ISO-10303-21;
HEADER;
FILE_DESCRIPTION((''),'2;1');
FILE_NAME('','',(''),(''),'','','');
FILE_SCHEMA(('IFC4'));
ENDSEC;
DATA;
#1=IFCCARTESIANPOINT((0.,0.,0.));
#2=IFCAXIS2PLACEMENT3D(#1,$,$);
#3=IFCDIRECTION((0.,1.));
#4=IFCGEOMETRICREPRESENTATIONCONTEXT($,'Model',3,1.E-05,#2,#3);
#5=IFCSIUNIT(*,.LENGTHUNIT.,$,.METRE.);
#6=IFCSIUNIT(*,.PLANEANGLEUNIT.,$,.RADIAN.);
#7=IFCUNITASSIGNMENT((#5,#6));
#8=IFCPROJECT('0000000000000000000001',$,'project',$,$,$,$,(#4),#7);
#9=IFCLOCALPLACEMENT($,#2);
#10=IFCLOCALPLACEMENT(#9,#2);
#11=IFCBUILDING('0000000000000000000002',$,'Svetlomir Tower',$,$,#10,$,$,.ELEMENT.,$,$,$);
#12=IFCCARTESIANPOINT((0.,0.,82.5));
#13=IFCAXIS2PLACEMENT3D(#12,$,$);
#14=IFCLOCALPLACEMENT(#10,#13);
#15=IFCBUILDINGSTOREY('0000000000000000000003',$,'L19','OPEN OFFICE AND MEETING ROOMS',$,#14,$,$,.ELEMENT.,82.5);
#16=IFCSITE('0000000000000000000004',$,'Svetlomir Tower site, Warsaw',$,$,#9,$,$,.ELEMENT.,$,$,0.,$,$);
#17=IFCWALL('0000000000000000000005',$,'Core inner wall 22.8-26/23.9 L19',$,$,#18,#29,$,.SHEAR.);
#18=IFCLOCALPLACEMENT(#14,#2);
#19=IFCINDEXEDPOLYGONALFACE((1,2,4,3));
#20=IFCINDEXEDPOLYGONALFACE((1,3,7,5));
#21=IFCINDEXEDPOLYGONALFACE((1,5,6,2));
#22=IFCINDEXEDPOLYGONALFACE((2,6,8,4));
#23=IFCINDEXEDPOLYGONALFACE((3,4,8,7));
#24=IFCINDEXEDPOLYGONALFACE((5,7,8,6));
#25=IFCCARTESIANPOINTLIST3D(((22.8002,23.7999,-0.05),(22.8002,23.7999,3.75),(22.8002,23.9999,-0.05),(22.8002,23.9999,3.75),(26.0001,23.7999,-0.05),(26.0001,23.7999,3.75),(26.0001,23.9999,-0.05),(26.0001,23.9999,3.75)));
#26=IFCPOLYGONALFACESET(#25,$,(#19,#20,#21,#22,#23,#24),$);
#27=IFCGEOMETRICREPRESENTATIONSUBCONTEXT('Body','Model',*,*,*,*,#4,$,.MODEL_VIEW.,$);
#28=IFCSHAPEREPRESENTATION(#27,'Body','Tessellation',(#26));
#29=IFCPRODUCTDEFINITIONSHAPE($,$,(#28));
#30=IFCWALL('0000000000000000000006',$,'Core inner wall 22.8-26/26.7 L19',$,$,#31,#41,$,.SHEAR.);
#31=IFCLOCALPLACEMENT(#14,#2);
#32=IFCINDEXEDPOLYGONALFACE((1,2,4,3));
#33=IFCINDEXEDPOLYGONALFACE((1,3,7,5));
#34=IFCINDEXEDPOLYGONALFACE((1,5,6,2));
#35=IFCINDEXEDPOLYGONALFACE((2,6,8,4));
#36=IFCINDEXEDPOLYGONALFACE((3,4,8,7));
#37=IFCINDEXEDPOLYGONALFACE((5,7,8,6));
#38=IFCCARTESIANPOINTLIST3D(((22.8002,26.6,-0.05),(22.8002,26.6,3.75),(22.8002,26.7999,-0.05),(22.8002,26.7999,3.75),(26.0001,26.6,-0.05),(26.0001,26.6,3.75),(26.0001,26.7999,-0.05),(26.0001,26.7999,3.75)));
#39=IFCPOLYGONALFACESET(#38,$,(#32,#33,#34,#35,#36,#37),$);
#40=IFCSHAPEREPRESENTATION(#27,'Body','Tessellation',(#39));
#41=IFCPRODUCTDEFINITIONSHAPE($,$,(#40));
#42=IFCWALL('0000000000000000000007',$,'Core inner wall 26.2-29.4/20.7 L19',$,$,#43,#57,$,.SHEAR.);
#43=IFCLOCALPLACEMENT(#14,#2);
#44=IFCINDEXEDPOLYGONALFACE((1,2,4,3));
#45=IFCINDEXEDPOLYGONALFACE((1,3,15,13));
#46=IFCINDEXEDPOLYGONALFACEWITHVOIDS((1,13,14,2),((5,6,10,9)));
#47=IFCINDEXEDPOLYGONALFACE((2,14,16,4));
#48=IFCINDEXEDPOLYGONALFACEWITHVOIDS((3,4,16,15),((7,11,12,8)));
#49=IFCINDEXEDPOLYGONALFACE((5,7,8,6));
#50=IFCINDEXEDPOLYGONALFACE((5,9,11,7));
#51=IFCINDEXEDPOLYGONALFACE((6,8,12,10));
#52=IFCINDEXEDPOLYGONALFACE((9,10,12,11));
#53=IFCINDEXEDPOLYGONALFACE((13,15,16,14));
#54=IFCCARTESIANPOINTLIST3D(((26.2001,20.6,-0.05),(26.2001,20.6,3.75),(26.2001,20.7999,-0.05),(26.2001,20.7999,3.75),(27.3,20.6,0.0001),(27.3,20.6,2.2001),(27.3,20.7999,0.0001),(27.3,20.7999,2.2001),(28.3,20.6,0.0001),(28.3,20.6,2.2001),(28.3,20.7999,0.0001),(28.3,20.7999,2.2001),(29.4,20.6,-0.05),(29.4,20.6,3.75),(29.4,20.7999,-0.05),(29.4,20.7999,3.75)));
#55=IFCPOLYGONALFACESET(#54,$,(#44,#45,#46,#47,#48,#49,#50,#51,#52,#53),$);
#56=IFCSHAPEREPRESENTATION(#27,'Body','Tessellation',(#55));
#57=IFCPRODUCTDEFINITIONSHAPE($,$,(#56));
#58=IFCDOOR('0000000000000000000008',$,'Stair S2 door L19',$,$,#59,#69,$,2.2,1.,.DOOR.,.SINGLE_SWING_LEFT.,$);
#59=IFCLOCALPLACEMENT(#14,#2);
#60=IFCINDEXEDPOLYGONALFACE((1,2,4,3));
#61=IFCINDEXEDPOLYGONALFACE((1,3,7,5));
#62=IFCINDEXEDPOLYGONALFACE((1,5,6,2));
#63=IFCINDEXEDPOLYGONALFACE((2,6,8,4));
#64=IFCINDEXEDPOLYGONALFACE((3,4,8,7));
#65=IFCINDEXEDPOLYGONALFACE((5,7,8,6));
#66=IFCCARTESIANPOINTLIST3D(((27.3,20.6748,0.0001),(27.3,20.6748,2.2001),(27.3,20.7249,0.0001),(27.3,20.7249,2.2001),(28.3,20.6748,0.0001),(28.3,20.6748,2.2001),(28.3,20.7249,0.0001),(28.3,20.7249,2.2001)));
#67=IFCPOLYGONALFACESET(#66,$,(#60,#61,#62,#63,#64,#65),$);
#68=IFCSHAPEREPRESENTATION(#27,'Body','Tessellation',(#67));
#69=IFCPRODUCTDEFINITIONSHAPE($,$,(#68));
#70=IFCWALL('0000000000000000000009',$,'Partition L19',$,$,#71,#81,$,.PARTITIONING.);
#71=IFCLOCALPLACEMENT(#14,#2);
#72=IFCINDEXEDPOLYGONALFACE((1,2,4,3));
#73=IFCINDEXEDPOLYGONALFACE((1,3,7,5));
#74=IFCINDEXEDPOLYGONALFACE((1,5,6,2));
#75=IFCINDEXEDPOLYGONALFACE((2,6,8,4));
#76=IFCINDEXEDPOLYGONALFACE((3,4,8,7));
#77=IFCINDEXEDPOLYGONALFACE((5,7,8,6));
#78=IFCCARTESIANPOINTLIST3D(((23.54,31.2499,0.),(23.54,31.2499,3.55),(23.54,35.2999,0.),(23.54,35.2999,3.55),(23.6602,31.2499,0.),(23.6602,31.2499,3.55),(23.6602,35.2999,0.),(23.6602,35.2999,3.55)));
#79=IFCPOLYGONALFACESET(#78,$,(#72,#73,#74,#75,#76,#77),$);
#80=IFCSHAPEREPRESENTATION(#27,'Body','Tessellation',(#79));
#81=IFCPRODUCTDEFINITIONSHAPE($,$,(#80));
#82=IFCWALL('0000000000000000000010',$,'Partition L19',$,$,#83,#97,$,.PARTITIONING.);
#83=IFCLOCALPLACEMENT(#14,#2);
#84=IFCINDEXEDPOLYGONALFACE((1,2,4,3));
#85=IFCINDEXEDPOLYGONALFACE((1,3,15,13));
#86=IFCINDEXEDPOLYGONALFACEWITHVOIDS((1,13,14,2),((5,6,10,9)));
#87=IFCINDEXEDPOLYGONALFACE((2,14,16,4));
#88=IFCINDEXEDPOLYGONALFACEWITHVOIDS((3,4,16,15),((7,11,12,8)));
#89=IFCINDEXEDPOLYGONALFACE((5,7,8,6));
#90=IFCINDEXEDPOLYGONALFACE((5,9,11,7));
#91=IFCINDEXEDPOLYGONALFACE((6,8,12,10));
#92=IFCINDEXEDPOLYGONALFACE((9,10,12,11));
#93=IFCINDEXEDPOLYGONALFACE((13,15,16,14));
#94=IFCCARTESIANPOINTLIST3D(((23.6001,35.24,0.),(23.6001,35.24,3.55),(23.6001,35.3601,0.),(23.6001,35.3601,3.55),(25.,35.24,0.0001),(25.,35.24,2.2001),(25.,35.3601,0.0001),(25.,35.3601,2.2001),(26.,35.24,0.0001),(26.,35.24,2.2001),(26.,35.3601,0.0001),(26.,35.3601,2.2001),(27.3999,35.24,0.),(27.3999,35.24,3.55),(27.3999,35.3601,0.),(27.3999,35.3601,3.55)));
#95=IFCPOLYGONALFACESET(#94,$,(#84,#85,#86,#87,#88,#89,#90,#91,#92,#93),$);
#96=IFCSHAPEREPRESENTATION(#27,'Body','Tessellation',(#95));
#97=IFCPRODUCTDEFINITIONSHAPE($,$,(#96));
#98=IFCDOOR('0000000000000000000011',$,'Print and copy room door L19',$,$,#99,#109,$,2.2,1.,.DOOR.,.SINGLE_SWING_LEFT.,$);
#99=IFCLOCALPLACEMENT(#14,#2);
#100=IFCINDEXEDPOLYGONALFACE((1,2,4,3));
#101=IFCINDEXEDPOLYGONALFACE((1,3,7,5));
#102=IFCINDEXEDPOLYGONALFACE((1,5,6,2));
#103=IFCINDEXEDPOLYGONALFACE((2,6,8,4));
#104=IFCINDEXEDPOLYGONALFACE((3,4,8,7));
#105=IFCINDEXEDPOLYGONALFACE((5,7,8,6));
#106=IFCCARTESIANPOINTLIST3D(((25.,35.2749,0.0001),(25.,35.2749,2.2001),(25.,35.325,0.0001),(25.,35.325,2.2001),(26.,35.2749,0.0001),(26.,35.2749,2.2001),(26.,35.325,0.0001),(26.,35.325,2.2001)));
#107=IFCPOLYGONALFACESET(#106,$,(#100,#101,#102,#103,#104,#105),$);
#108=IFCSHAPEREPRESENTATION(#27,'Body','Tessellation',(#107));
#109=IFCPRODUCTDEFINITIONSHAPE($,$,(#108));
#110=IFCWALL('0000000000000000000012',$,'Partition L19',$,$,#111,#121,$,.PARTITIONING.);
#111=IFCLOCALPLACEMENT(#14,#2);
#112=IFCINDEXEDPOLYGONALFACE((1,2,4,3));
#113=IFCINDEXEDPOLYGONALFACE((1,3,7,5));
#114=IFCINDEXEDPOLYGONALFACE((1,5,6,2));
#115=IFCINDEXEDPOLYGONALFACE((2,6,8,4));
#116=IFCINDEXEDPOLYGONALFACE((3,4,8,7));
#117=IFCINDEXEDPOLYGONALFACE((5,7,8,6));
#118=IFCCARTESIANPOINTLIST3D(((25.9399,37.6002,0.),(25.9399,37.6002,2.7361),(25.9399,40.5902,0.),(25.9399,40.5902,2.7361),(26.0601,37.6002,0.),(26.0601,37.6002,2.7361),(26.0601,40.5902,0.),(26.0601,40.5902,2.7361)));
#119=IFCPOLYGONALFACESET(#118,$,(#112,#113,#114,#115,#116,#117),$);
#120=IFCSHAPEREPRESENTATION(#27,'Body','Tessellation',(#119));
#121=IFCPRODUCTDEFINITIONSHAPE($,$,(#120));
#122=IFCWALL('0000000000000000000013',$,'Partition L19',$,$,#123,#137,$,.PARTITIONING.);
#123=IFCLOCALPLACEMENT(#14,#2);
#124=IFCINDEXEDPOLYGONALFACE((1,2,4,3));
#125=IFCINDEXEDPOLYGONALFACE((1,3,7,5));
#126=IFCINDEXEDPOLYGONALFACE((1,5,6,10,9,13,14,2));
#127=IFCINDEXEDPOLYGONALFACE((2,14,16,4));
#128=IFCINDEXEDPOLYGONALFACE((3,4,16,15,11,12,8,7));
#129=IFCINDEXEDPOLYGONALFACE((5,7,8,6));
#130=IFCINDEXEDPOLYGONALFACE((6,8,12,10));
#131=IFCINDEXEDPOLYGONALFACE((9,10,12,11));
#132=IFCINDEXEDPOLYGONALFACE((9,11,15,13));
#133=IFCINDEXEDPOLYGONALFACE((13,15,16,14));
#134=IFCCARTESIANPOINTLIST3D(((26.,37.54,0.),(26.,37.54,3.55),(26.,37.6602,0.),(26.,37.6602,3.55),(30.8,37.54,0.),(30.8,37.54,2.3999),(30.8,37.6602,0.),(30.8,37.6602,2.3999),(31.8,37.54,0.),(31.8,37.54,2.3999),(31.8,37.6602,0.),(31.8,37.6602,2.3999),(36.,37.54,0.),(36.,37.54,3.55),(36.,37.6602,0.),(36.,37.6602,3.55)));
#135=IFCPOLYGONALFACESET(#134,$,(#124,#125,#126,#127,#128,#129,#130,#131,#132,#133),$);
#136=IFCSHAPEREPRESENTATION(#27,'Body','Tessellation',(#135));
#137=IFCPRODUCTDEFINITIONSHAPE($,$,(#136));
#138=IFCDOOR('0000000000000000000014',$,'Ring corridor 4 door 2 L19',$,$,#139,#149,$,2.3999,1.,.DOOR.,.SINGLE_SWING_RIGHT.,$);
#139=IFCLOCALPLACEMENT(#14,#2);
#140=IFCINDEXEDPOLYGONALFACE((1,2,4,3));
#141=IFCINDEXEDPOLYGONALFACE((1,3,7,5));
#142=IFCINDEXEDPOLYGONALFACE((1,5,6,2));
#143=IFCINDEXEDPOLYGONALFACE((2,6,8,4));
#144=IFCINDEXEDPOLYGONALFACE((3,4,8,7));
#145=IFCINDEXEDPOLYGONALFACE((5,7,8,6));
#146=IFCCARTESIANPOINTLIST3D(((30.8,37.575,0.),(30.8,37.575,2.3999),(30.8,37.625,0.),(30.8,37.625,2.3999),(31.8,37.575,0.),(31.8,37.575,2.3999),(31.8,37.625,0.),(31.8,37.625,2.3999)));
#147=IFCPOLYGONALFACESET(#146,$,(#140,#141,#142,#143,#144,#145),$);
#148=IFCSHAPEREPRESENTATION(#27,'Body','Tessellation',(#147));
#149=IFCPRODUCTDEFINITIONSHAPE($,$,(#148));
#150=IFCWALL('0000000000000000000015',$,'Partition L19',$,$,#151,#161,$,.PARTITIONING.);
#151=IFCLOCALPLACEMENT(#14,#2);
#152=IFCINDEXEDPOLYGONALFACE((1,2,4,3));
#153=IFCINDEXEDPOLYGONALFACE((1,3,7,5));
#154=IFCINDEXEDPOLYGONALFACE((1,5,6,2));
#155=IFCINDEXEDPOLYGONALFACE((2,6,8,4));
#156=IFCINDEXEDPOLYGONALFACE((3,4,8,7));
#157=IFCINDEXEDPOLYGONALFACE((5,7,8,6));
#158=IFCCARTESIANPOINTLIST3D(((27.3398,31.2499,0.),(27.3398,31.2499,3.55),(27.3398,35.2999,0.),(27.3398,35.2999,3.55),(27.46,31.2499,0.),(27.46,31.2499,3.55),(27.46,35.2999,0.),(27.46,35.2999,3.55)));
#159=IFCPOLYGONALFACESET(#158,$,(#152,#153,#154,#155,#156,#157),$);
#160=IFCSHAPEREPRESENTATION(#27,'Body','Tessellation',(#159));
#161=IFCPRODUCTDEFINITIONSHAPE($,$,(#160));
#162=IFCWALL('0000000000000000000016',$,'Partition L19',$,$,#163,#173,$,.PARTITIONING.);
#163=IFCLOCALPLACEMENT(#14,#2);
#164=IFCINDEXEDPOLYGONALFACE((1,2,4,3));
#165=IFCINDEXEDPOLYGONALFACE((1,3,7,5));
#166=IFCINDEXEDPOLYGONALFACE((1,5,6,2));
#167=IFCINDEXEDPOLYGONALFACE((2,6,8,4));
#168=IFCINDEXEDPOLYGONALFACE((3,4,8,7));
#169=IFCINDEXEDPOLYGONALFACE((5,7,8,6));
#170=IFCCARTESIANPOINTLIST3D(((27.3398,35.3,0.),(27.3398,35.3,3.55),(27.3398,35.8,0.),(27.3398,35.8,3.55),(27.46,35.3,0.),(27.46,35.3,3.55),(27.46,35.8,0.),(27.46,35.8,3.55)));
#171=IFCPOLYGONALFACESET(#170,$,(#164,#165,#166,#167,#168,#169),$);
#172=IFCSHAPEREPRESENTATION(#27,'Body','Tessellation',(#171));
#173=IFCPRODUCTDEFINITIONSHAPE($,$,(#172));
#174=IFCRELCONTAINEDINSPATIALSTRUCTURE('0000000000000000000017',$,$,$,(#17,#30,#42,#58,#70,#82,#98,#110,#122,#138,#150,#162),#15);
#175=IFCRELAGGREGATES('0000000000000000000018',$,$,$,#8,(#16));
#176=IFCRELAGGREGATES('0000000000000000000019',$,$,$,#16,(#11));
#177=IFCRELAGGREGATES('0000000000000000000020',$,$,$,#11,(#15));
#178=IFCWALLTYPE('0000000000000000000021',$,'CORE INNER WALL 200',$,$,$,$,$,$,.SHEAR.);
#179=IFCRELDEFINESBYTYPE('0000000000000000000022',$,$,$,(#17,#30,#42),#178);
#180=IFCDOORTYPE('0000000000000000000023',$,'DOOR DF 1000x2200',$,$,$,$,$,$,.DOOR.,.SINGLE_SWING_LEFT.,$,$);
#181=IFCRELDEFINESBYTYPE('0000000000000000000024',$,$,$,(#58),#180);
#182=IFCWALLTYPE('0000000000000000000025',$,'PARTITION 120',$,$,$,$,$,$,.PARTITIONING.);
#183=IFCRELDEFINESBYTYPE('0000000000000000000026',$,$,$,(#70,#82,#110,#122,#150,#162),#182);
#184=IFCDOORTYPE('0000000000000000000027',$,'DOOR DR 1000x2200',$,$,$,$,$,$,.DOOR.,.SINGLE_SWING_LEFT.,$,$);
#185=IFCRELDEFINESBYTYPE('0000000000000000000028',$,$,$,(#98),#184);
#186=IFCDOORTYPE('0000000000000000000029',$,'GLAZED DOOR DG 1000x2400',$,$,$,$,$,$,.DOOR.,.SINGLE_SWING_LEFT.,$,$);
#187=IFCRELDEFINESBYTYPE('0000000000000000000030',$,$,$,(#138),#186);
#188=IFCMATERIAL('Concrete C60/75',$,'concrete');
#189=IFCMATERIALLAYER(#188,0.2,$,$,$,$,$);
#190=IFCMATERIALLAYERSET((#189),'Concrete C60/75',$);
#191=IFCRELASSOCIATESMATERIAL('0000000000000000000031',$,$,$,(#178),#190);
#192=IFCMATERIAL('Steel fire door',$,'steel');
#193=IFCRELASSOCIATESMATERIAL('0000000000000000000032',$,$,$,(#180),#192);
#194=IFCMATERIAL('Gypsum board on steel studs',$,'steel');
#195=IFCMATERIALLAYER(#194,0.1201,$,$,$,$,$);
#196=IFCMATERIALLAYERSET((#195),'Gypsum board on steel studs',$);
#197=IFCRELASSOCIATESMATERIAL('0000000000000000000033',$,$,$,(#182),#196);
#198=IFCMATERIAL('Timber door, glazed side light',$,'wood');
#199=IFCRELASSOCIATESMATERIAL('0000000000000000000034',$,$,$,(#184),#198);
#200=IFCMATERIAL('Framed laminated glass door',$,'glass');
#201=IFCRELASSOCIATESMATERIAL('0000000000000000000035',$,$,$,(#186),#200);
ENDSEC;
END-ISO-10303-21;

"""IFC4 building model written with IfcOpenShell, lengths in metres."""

from ifc_helpers import new_model, si_unit, direction, frame, frame_2d, origin, place, context, subcontext, project, spatial, rectangle, extrude, material, layer, layer_set, type_object, element, fill, save


model = new_model("IFC4")

# Units and contexts
model_context = context("Model", 3, precision=1e-05, world=origin(), true_north=direction((0.0, 1.0)))
body_context = subcontext(model_context, "Body", "Model", "MODEL_VIEW")
ifc_project = project(units=[si_unit("LENGTHUNIT", "METRE"), si_unit("PLANEANGLEUNIT", "RADIAN")], contexts=[model_context])

# Site, building, storey
site_placement = place(None, origin())
site = spatial("IfcSite", under=ifc_project, at=site_placement, Name="Svetlomir Tower site, Warsaw", CompositionType="ELEMENT", RefElevation=0.0)
building_placement = place(site_placement, origin())
building = spatial("IfcBuilding", under=site, at=building_placement, Name="Svetlomir Tower", CompositionType="ELEMENT")
storey_placement = place(building_placement, frame((0.0, 0.0, 82.5)))
storey = spatial("IfcBuildingStorey", under=building, at=storey_placement, Name="L19", Description="OPEN OFFICE AND MEETING ROOMS", CompositionType="ELEMENT", Elevation=82.5)

# Walls
ifc_material_1 = material(Name="Concrete C60/75", Category="concrete")
ifc_layer_1 = layer(ifc_material_1, 0.2)
ifc_layer_set_1 = layer_set([ifc_layer_1], Name="Concrete C60/75")
wall_type_1 = type_object("IfcWallType", Name="CORE INNER WALL 200", PredefinedType="SHEAR", material=ifc_layer_set_1)
for number, where, z_axis, x_axis, name in (
    (1, (22.8, 23.8999, -0.05), (0.0, 0.0, 1.0), (1.0, 0.0, 0.0), "Core inner wall 22.8-26/23.9 L19"),
    (2, (22.8, 26.7, -0.05), (0.0, 0.0, 1.0), (1.0, 0.0, 0.0), "Core inner wall 22.8-26/26.7 L19"),
):
    element("IfcWall", number, at=place(storey_placement, frame(where, z_axis=z_axis, x_axis=x_axis)), inside=storey, type_object=wall_type_1, Name=name, PredefinedType="SHEAR", context=body_context, shape_type="SweptSolid", body=[
        extrude(rectangle(XDim=3.2, YDim=0.2, at=frame_2d((1.6001, 0.0))), origin(), (0.0, 0.0, 1.0), 3.8),
    ])

# Wall, opening, door
wall_1_placement = place(storey_placement, frame((26.2, 20.7, -0.05), z_axis=(0.0, 0.0, 1.0), x_axis=(1.0, 0.0, 0.0)))
wall_1 = element("IfcWall", 3, at=wall_1_placement, inside=storey, type_object=wall_type_1, Name="Core inner wall 26.2-29.4/20.7 L19", PredefinedType="SHEAR", context=body_context, shape_type="SweptSolid", body=[
    extrude(rectangle(XDim=3.2, YDim=0.2, at=frame_2d((1.6001, 0.0))), origin(), (0.0, 0.0, 1.0), 3.8),
])
opening_1_placement = place(wall_1_placement, frame((1.1001, 0.0, 0.05)))
opening_1 = element("IfcOpeningElement", 4, at=opening_1_placement, cuts=wall_1, PredefinedType="OPENING", context=body_context, shape_type="SweptSolid", body=[
    extrude(rectangle(XDim=1.0, YDim=2.2, at=frame_2d((0.5, 1.1001))), frame((0.0, 0.1099, 0.0), z_axis=(0.0, -1.0, 0.0), x_axis=(1.0, 0.0, 0.0)), (0.0, 0.0, 1.0), 0.22),
])
ifc_material_2 = material(Name="Steel fire door", Category="steel")
door_type_1 = type_object("IfcDoorType", Name="DOOR DF 1000x2200", OperationType="SINGLE_SWING_LEFT", PredefinedType="DOOR", material=ifc_material_2)
door_1_placement = place(opening_1_placement, origin())
door_1 = element("IfcDoor", 5, at=door_1_placement, inside=storey, type_object=door_type_1, Name="Stair S2 door L19", OperationType="SINGLE_SWING_LEFT", OverallHeight=2.2, OverallWidth=1.0, PredefinedType="DOOR", context=body_context, shape_type="SweptSolid", body=[
    extrude(rectangle(XDim=1.0, YDim=2.2, at=frame_2d((0.5, 1.1001))), frame((0.0, 0.0249, 0.0), z_axis=(0.0, -1.0, 0.0), x_axis=(1.0, 0.0, 0.0)), (0.0, 0.0, 1.0), 0.05),
])
fill(opening_1, door_1)

# Wall
ifc_material_3 = material(Name="Gypsum board on steel studs", Category="steel")
ifc_layer_2 = layer(ifc_material_3, 0.1201)
ifc_layer_set_2 = layer_set([ifc_layer_2], Name="Gypsum board on steel studs")
wall_type_2 = type_object("IfcWallType", Name="PARTITION 120", PredefinedType="PARTITIONING", material=ifc_layer_set_2)
wall_2_placement = place(storey_placement, frame((23.6001, 31.25, 0.0), z_axis=(0.0, 0.0, 1.0), x_axis=(0.0, 1.0, 0.0)))
element("IfcWall", 6, at=wall_2_placement, inside=storey, type_object=wall_type_2, Name="Partition L19", PredefinedType="PARTITIONING", context=body_context, shape_type="SweptSolid", body=[
    extrude(rectangle(XDim=4.05, YDim=0.1201, at=frame_2d((2.0249, 0.0))), origin(), (0.0, 0.0, 1.0), 3.55),
])

# Wall, opening, door
wall_3_placement = place(storey_placement, frame((23.6001, 35.3, 0.0), z_axis=(0.0, 0.0, 1.0), x_axis=(1.0, 0.0, 0.0)))
wall_3 = element("IfcWall", 7, at=wall_3_placement, inside=storey, type_object=wall_type_2, Name="Partition L19", PredefinedType="PARTITIONING", context=body_context, shape_type="SweptSolid", body=[
    extrude(rectangle(XDim=3.7998, YDim=0.1201, at=frame_2d((1.8999, 0.0))), origin(), (0.0, 0.0, 1.0), 3.55),
])
opening_2_placement = place(wall_3_placement, frame((1.3999, 0.0, 0.0)))
opening_2 = element("IfcOpeningElement", 8, at=opening_2_placement, cuts=wall_3, PredefinedType="OPENING", context=body_context, shape_type="SweptSolid", body=[
    extrude(rectangle(XDim=1.0, YDim=2.2, at=frame_2d((0.5, 1.1001))), frame((0.0, 0.0701, 0.0), z_axis=(0.0, -1.0, 0.0), x_axis=(1.0, 0.0, 0.0)), (0.0, 0.0, 1.0), 0.1401),
])
ifc_material_4 = material(Name="Timber door, glazed side light", Category="wood")
door_type_2 = type_object("IfcDoorType", Name="DOOR DR 1000x2200", OperationType="SINGLE_SWING_LEFT", PredefinedType="DOOR", material=ifc_material_4)
door_2_placement = place(opening_2_placement, origin())
door_2 = element("IfcDoor", 9, at=door_2_placement, inside=storey, type_object=door_type_2, Name="Print and copy room door L19", OperationType="SINGLE_SWING_LEFT", OverallHeight=2.2, OverallWidth=1.0, PredefinedType="DOOR", context=body_context, shape_type="SweptSolid", body=[
    extrude(rectangle(XDim=1.0, YDim=2.2, at=frame_2d((0.5, 1.1001))), frame((0.0, 0.0249, 0.0), z_axis=(0.0, -1.0, 0.0), x_axis=(1.0, 0.0, 0.0)), (0.0, 0.0, 1.0), 0.05),
])
fill(opening_2, door_2)

# Wall
wall_4_placement = place(storey_placement, frame((26.0, 37.6001, 0.0), z_axis=(0.0, 0.0, 1.0), x_axis=(0.0, 1.0, 0.0)))
element("IfcWall", 10, at=wall_4_placement, inside=storey, type_object=wall_type_2, Name="Partition L19", PredefinedType="PARTITIONING", context=body_context, shape_type="SweptSolid", body=[
    extrude(rectangle(XDim=2.99, YDim=0.1201, at=frame_2d((1.4951, 0.0))), origin(), (0.0, 0.0, 1.0), 2.7361),
])

# Wall, opening, door
wall_5_placement = place(storey_placement, frame((26.0, 37.6001, 0.0), z_axis=(0.0, 0.0, 1.0), x_axis=(1.0, 0.0, 0.0)))
wall_5 = element("IfcWall", 11, at=wall_5_placement, inside=storey, type_object=wall_type_2, Name="Partition L19", PredefinedType="PARTITIONING", context=body_context, shape_type="SweptSolid", body=[
    extrude(rectangle(XDim=10.0, YDim=0.1201, at=frame_2d((5.0, 0.0))), origin(), (0.0, 0.0, 1.0), 3.55),
])
opening_3_placement = place(wall_5_placement, frame((4.8, 0.0, 0.0)))
opening_3 = element("IfcOpeningElement", 12, at=opening_3_placement, cuts=wall_5, PredefinedType="OPENING", context=body_context, shape_type="SweptSolid", body=[
    extrude(rectangle(XDim=1.0, YDim=2.3999, at=frame_2d((0.5, 1.2))), frame((0.0, 0.0701, 0.0), z_axis=(0.0, -1.0, 0.0), x_axis=(1.0, 0.0, 0.0)), (0.0, 0.0, 1.0), 0.1401),
])
ifc_material_5 = material(Name="Framed laminated glass door", Category="glass")
door_type_3 = type_object("IfcDoorType", Name="GLAZED DOOR DG 1000x2400", OperationType="SINGLE_SWING_LEFT", PredefinedType="DOOR", material=ifc_material_5)
door_3_placement = place(opening_3_placement, origin())
door_3 = element("IfcDoor", 13, at=door_3_placement, inside=storey, type_object=door_type_3, Name="Ring corridor 4 door 2 L19", OperationType="SINGLE_SWING_RIGHT", OverallHeight=2.3999, OverallWidth=1.0, PredefinedType="DOOR", context=body_context, shape_type="SweptSolid", body=[
    extrude(rectangle(XDim=1.0, YDim=2.3999, at=frame_2d((0.5, 1.2))), frame((0.0, 0.0249, 0.0), z_axis=(0.0, -1.0, 0.0), x_axis=(1.0, 0.0, 0.0)), (0.0, 0.0, 1.0), 0.05),
])
fill(opening_3, door_3)

# Walls
wall_6_placement = place(storey_placement, frame((27.3999, 31.25, 0.0), z_axis=(0.0, 0.0, 1.0), x_axis=(0.0, 1.0, 0.0)))
element("IfcWall", 14, at=wall_6_placement, inside=storey, type_object=wall_type_2, Name="Partition L19", PredefinedType="PARTITIONING", context=body_context, shape_type="SweptSolid", body=[
    extrude(rectangle(XDim=4.05, YDim=0.1201, at=frame_2d((2.0249, 0.0))), origin(), (0.0, 0.0, 1.0), 3.55),
])
wall_7_placement = place(storey_placement, frame((27.3999, 35.3, 0.0), z_axis=(0.0, 0.0, 1.0), x_axis=(0.0, 1.0, 0.0)))
element("IfcWall", 15, at=wall_7_placement, inside=storey, type_object=wall_type_2, Name="Partition L19", PredefinedType="PARTITIONING", context=body_context, shape_type="SweptSolid", body=[
    extrude(rectangle(XDim=0.5, YDim=0.1201, at=frame_2d((0.25, 0.0))), origin(), (0.0, 0.0, 1.0), 3.55),
])

save(model, "model.ifc")
